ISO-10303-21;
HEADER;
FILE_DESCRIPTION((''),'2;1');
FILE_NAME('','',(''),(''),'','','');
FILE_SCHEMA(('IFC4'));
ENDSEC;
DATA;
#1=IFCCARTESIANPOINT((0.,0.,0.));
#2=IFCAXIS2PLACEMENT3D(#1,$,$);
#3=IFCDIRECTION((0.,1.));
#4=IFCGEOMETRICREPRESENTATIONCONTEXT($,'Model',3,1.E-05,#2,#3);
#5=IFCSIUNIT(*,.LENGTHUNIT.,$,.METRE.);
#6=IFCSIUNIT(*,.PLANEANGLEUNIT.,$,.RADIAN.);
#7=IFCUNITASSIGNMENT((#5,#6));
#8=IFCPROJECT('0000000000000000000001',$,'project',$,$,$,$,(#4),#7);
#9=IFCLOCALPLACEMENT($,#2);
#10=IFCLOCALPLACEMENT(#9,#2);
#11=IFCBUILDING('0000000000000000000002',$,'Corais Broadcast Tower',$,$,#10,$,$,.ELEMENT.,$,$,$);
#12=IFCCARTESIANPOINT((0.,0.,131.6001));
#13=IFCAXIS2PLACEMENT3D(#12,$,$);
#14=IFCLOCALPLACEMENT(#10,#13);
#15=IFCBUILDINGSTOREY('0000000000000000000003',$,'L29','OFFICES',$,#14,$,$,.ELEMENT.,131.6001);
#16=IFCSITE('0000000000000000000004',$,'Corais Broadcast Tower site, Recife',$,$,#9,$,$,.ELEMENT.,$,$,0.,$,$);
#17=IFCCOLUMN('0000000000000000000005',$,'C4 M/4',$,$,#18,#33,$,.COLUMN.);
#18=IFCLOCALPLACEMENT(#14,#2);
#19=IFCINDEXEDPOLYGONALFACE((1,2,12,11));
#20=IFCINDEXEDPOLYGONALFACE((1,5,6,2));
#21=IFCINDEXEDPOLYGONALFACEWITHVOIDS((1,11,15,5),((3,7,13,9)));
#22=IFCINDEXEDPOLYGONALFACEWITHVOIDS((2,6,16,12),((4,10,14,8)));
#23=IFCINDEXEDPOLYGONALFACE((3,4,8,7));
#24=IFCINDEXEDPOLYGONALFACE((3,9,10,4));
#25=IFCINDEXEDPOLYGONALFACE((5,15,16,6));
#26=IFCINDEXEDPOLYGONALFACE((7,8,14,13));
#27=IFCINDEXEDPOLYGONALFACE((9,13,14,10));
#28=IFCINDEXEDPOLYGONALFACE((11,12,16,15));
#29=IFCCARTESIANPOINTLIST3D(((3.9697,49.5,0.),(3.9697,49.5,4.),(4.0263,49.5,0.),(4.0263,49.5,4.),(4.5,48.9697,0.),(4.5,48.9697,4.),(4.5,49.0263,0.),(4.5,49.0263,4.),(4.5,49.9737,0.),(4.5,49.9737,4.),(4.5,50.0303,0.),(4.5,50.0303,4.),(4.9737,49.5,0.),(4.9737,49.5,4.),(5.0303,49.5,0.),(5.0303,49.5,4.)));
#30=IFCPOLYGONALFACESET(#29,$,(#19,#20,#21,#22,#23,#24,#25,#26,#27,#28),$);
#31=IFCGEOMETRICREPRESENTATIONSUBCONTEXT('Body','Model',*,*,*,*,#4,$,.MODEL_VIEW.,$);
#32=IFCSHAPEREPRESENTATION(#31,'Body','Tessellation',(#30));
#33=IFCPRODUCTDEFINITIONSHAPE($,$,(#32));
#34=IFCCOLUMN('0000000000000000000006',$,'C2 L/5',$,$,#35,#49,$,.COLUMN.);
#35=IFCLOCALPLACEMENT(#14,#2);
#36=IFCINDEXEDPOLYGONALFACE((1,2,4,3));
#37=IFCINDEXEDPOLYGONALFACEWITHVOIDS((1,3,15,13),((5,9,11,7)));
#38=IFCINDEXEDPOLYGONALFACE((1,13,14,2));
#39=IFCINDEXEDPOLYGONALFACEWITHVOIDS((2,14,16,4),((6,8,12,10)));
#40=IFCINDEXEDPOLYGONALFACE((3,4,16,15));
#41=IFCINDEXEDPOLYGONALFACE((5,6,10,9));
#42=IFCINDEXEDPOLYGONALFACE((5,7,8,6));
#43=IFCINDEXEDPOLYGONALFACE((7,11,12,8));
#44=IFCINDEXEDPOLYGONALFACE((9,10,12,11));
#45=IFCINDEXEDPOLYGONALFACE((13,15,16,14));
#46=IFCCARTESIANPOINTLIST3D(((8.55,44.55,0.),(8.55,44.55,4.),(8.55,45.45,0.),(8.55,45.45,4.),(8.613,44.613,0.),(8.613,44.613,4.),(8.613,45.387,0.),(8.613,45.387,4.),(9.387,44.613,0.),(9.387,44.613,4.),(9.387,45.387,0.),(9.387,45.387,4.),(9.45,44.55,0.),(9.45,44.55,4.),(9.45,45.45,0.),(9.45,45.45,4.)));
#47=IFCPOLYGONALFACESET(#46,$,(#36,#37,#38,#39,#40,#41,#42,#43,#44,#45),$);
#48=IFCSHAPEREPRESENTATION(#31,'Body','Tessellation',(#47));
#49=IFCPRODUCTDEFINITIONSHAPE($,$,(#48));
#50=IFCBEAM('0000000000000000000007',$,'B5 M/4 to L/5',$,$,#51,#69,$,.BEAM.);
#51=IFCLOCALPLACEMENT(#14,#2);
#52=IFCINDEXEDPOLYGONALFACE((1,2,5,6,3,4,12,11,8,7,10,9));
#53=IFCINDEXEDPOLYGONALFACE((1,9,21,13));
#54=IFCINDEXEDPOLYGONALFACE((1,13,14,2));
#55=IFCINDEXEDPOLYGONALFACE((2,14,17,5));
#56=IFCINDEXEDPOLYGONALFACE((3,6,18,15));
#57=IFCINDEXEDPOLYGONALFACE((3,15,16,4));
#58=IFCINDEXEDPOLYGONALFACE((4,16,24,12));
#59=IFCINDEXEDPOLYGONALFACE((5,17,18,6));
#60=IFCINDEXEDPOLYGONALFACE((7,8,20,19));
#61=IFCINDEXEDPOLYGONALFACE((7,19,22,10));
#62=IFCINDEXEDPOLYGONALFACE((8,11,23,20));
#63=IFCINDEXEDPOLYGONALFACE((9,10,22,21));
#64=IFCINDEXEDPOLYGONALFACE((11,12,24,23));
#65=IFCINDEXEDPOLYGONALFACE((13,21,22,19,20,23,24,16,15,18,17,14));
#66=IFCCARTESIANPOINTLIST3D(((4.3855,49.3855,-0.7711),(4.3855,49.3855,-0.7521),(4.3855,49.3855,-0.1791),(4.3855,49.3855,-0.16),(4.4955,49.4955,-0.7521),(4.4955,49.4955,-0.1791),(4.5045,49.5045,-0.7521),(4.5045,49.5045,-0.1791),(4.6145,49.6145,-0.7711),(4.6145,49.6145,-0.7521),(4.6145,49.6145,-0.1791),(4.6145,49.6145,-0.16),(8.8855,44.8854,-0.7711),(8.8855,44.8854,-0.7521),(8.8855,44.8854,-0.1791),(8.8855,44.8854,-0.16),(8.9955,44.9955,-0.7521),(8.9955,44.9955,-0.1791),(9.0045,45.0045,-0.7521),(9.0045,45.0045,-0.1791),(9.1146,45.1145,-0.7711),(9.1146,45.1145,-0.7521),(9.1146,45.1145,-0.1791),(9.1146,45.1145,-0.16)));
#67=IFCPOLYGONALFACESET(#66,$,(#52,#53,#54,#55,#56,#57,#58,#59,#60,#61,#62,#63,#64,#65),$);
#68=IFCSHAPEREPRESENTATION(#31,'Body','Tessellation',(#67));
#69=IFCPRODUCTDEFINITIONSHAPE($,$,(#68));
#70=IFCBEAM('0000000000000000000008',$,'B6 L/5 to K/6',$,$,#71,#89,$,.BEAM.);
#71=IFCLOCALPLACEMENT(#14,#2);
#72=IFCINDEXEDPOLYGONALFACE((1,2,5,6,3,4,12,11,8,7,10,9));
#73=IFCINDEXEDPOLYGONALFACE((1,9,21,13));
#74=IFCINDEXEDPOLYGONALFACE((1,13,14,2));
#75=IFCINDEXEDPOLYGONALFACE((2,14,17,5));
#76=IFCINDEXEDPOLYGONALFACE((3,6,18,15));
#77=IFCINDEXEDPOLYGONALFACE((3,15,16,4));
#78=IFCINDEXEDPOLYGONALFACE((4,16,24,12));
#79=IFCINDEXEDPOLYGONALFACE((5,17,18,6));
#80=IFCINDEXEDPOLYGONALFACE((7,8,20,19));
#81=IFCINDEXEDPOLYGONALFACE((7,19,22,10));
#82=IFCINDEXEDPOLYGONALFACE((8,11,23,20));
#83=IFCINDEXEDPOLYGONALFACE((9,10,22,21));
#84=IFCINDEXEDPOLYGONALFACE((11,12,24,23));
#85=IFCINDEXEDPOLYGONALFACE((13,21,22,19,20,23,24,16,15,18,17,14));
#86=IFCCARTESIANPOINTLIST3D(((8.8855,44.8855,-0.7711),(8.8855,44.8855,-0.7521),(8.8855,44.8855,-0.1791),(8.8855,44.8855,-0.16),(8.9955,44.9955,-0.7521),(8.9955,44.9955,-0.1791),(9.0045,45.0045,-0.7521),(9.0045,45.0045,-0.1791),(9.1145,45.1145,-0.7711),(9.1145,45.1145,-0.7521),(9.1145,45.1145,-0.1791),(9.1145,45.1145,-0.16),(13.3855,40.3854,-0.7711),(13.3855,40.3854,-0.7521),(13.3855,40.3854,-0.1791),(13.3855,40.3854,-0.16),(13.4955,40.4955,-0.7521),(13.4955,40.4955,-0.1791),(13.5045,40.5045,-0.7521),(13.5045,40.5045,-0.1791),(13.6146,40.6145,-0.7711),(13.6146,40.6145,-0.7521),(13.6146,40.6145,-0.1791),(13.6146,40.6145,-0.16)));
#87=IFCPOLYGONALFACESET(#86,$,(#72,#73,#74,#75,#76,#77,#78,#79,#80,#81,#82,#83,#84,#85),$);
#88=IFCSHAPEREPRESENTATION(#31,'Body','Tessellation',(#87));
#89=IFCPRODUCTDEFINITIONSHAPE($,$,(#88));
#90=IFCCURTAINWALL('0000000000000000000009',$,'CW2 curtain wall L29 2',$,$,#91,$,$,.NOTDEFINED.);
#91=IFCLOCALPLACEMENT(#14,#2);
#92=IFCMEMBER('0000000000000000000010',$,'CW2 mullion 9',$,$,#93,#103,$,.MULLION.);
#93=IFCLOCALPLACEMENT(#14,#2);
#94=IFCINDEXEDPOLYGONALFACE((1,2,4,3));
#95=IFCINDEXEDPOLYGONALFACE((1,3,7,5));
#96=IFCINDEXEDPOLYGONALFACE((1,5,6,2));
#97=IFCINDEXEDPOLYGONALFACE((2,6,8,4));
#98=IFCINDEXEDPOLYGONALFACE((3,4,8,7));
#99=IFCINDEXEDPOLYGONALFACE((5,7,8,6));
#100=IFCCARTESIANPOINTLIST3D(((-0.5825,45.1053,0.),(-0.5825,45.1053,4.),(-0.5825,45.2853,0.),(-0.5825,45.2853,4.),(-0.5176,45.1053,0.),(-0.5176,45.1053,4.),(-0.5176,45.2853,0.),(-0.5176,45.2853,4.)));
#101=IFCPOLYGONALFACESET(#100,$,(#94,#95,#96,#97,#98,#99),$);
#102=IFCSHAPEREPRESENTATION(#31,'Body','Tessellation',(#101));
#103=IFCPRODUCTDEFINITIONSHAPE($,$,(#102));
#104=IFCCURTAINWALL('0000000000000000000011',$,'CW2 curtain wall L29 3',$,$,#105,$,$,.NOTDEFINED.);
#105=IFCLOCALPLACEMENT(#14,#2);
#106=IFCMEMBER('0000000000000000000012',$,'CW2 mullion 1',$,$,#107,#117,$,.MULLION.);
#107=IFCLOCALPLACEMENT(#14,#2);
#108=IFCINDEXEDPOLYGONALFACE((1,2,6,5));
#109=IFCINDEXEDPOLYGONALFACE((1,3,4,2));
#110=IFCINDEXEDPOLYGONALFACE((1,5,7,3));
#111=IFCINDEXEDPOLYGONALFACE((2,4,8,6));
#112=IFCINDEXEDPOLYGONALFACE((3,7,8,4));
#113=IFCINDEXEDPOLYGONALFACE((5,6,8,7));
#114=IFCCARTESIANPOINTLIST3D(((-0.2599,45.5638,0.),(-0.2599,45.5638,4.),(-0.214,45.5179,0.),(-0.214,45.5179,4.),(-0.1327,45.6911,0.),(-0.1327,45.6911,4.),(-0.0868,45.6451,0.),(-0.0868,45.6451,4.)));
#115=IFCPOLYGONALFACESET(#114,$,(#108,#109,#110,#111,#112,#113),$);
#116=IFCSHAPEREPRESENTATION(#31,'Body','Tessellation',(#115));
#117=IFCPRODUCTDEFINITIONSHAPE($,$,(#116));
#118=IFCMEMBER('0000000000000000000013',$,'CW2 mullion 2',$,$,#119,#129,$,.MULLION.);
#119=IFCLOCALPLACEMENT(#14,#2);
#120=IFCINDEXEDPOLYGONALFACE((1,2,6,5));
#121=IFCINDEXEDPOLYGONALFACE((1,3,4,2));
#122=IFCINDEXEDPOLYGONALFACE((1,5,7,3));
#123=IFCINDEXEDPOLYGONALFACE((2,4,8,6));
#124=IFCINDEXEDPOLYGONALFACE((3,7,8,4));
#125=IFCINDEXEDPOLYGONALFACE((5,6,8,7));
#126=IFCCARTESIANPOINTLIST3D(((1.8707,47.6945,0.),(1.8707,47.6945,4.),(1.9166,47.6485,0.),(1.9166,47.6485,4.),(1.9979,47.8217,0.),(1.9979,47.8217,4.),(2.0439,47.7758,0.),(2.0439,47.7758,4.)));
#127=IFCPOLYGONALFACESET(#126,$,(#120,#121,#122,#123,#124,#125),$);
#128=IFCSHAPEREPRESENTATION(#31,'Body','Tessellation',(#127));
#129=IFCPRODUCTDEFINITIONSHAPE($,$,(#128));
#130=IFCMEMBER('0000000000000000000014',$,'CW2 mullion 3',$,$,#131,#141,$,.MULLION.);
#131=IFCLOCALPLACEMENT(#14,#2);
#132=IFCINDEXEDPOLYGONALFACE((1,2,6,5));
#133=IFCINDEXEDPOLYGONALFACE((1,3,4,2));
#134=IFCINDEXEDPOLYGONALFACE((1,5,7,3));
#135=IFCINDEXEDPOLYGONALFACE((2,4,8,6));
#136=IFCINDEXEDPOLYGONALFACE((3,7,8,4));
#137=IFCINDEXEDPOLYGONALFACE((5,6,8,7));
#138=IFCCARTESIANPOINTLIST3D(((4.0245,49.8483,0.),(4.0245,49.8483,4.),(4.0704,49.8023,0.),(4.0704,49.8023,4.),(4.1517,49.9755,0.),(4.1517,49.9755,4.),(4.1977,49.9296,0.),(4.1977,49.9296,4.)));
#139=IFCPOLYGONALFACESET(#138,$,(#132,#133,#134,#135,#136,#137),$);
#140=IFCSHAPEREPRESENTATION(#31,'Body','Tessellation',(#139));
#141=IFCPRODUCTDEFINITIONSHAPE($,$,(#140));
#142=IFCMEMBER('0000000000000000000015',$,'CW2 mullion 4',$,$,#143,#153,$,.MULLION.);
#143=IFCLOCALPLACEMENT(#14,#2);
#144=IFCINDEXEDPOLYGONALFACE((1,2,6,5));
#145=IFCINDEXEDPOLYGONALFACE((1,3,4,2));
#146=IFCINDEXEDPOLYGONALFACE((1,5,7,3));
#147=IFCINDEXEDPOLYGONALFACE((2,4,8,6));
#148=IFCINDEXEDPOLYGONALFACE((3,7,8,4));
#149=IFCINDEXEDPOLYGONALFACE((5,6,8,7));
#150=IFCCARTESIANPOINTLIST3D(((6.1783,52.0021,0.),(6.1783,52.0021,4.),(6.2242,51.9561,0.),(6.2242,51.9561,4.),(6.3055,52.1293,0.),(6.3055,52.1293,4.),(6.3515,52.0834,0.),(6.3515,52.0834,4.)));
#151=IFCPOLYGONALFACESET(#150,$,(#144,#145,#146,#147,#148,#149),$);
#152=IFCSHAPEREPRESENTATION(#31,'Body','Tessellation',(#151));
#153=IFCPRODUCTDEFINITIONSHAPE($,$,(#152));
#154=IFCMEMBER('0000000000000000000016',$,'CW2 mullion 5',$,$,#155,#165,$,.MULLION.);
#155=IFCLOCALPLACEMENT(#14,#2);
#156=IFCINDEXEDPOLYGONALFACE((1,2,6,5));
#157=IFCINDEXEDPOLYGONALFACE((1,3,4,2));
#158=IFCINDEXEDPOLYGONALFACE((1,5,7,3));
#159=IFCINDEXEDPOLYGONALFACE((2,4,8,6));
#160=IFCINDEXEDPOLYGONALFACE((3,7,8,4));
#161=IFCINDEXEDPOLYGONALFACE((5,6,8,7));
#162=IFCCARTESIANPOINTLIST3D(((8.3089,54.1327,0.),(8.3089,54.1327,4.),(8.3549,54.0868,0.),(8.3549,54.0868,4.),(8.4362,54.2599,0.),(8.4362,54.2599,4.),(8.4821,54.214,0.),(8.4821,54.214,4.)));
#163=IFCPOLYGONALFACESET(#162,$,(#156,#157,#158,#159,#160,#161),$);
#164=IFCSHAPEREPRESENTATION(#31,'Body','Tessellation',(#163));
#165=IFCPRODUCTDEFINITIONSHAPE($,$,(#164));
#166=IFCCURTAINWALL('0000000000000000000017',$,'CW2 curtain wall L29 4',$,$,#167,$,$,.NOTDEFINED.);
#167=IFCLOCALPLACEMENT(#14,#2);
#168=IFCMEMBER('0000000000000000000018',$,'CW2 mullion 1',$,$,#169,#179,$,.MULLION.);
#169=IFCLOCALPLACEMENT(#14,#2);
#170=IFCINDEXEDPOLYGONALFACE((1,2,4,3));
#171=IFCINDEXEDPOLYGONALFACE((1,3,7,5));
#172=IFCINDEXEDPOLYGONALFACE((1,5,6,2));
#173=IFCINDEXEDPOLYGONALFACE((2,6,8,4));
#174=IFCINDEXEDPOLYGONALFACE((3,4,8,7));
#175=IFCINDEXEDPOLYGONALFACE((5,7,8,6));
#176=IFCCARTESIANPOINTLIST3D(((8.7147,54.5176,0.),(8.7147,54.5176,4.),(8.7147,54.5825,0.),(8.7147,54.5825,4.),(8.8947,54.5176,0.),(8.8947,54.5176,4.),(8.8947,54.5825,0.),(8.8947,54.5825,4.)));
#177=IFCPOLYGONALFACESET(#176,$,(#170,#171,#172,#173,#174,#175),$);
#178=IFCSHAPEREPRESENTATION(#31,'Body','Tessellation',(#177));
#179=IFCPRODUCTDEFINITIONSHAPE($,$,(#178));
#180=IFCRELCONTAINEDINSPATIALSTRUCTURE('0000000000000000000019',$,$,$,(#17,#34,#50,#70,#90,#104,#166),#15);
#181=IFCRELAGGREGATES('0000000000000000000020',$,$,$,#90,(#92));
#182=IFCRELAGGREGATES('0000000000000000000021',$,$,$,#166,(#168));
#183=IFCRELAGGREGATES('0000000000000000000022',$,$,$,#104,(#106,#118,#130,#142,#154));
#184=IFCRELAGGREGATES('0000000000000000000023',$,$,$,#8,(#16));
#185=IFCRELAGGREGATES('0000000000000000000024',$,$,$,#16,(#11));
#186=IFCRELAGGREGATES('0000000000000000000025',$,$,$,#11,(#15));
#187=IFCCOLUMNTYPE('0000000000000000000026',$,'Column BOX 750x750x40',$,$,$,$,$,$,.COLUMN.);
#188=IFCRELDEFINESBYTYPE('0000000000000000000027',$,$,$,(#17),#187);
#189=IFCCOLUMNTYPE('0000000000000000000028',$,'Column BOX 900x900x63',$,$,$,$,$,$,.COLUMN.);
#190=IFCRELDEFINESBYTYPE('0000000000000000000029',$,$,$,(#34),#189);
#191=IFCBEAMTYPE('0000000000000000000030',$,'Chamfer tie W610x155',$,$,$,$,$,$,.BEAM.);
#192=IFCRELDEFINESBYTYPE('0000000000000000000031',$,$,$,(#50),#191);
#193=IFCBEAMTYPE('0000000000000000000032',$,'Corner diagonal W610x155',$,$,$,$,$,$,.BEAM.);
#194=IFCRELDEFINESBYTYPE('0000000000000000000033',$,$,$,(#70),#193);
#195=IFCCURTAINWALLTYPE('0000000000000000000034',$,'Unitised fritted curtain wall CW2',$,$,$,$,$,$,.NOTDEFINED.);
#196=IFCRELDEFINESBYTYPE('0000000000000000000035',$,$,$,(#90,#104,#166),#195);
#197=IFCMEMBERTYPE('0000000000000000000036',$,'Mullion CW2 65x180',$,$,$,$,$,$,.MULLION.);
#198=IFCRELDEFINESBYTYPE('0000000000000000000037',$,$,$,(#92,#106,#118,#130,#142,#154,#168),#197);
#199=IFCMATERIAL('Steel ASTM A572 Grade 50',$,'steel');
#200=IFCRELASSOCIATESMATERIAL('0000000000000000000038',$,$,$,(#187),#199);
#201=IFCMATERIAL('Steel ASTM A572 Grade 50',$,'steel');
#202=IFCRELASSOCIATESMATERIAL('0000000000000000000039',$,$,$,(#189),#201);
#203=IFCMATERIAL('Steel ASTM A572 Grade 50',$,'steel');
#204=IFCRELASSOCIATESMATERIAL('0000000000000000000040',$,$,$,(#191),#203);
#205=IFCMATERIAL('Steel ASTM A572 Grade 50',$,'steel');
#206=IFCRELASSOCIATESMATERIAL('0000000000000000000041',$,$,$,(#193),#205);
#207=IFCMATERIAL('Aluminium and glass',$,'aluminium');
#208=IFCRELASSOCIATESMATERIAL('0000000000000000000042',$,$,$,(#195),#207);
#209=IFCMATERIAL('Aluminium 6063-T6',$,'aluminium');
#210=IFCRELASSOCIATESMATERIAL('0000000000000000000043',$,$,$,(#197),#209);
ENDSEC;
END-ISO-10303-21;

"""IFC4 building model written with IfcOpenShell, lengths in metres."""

from ifc_helpers import new_model, si_unit, direction, frame, origin, origin_2d, place, context, subcontext, project, spatial, rectangle, hollow_rectangle, i_section, extrude, material, material_profile, profile_set, type_object, element, aggregate, save


model = new_model("IFC4")

# Units and contexts
model_context = context("Model", 3, precision=1e-05, world=origin(), true_north=direction((0.0, 1.0)))
body_context = subcontext(model_context, "Body", "Model", "MODEL_VIEW")
ifc_project = project(units=[si_unit("LENGTHUNIT", "METRE"), si_unit("PLANEANGLEUNIT", "RADIAN")], contexts=[model_context])

# Site, building, storey
site_placement = place(None, origin())
site = spatial("IfcSite", under=ifc_project, at=site_placement, Name="Corais Broadcast Tower site, Recife", CompositionType="ELEMENT", RefElevation=0.0)
building_placement = place(site_placement, origin())
building = spatial("IfcBuilding", under=site, at=building_placement, Name="Corais Broadcast Tower", CompositionType="ELEMENT")
storey_placement = place(building_placement, frame((0.0, 0.0, 131.6001)))
storey = spatial("IfcBuildingStorey", under=building, at=storey_placement, Name="L29", Description="OFFICES", CompositionType="ELEMENT", Elevation=131.6001)

# Columns
ifc_material_1 = material(Name="Steel ASTM A572 Grade 50", Category="steel")
ifc_material_profile_1 = material_profile(ifc_material_1, hollow_rectangle(XDim=0.75, YDim=0.75, WallThickness=0.04, at=origin_2d()), Name="BOX 750x750x40")
ifc_profile_set_1 = profile_set([ifc_material_profile_1], Name="Steel ASTM A572 Grade 50")
column_type_1 = type_object("IfcColumnType", Name="Column BOX 750x750x40", PredefinedType="COLUMN", material=ifc_profile_set_1)
column_1_placement = place(storey_placement, frame((4.5, 49.5, 0.0), z_axis=(0.0, 0.0, 1.0), x_axis=(0.707107, 0.707107, 0.0)))
element("IfcColumn", 1, at=column_1_placement, inside=storey, type_object=column_type_1, Name="C4 M/4", PredefinedType="COLUMN", context=body_context, shape_type="SweptSolid", body=[
    extrude(hollow_rectangle(XDim=0.75, YDim=0.75, WallThickness=0.04, at=origin_2d()), origin(), (0.0, 0.0, 1.0), 4.0),
])
ifc_material_2 = material(Name="Steel ASTM A572 Grade 50", Category="steel")
ifc_material_profile_2 = material_profile(ifc_material_2, hollow_rectangle(XDim=0.8999, YDim=0.8999, WallThickness=0.063, at=origin_2d()), Name="BOX 900x900x63")
ifc_profile_set_2 = profile_set([ifc_material_profile_2], Name="Steel ASTM A572 Grade 50")
column_type_2 = type_object("IfcColumnType", Name="Column BOX 900x900x63", PredefinedType="COLUMN", material=ifc_profile_set_2)
column_2_placement = place(storey_placement, frame((9.0, 45.0, 0.0), z_axis=(0.0, 0.0, 1.0), x_axis=(1.0, 0.0, 0.0)))
element("IfcColumn", 2, at=column_2_placement, inside=storey, type_object=column_type_2, Name="C2 L/5", PredefinedType="COLUMN", context=body_context, shape_type="SweptSolid", body=[
    extrude(hollow_rectangle(XDim=0.8999, YDim=0.8999, WallThickness=0.063, at=origin_2d()), origin(), (0.0, 0.0, 1.0), 4.0),
])

# Beams
ifc_material_3 = material(Name="Steel ASTM A572 Grade 50", Category="steel")
ifc_material_profile_3 = material_profile(ifc_material_3, i_section(OverallWidth=0.324, OverallDepth=0.6111, WebThickness=0.0127, FlangeThickness=0.019, at=origin_2d()), Name="W610x155")
ifc_profile_set_3 = profile_set([ifc_material_profile_3], Name="Steel ASTM A572 Grade 50")
beam_type_1 = type_object("IfcBeamType", Name="Chamfer tie W610x155", PredefinedType="BEAM", material=ifc_profile_set_3)
beam_1_placement = place(storey_placement, frame((4.5, 49.5, -0.4656), z_axis=(0.707107, -0.707107, 0.0), x_axis=(0.707107, 0.707107, 0.0)))
element("IfcBeam", 3, at=beam_1_placement, inside=storey, type_object=beam_type_1, Name="B5 M/4 to L/5", PredefinedType="BEAM", context=body_context, shape_type="SweptSolid", body=[
    extrude(i_section(OverallWidth=0.324, OverallDepth=0.6111, WebThickness=0.0127, FlangeThickness=0.019, at=origin_2d()), origin(), (0.0, 0.0, 1.0), 6.364),
])
ifc_material_4 = material(Name="Steel ASTM A572 Grade 50", Category="steel")
ifc_material_profile_4 = material_profile(ifc_material_4, i_section(OverallWidth=0.324, OverallDepth=0.6111, WebThickness=0.0127, FlangeThickness=0.019, at=origin_2d()), Name="W610x155")
ifc_profile_set_4 = profile_set([ifc_material_profile_4], Name="Steel ASTM A572 Grade 50")
beam_type_2 = type_object("IfcBeamType", Name="Corner diagonal W610x155", PredefinedType="BEAM", material=ifc_profile_set_4)
beam_2_placement = place(storey_placement, frame((9.0, 45.0, -0.4656), z_axis=(0.707107, -0.707107, 0.0), x_axis=(0.707107, 0.707107, 0.0)))
element("IfcBeam", 4, at=beam_2_placement, inside=storey, type_object=beam_type_2, Name="B6 L/5 to K/6", PredefinedType="BEAM", context=body_context, shape_type="SweptSolid", body=[
    extrude(i_section(OverallWidth=0.324, OverallDepth=0.6111, WebThickness=0.0127, FlangeThickness=0.019, at=origin_2d()), origin(), (0.0, 0.0, 1.0), 6.364),
])

# Curtain wall, member
ifc_material_5 = material(Name="Aluminium and glass", Category="aluminium")
curtain_wall_type = type_object("IfcCurtainWallType", Name="Unitised fritted curtain wall CW2", PredefinedType="NOTDEFINED", material=ifc_material_5)
curtain_wall_1_placement = place(storey_placement, origin())
curtain_wall_1 = element("IfcCurtainWall", 5, at=curtain_wall_1_placement, inside=storey, type_object=curtain_wall_type, Name="CW2 curtain wall L29 2", PredefinedType="NOTDEFINED")
ifc_material_6 = material(Name="Aluminium 6063-T6", Category="aluminium")
ifc_material_profile_5 = material_profile(ifc_material_6, rectangle(XDim=0.0649, YDim=0.1799, at=origin_2d()), Name="Mullion CW2 65x180")
ifc_profile_set_5 = profile_set([ifc_material_profile_5], Name="Aluminium 6063-T6")
member_type_1 = type_object("IfcMemberType", Name="Mullion CW2 65x180", PredefinedType="MULLION", material=ifc_profile_set_5)
member_1_placement = place(storey_placement, frame((-0.55, 45.1953, 0.0), z_axis=(0.0, 0.0, 1.0), x_axis=(-1.0, 0.0, 0.0)))
member_1 = element("IfcMember", 6, at=member_1_placement, type_object=member_type_1, Name="CW2 mullion 9", PredefinedType="MULLION", context=body_context, shape_type="SweptSolid", body=[
    extrude(rectangle(XDim=0.0649, YDim=0.1799, at=origin_2d()), origin(), (0.0, 0.0, 1.0), 4.0),
])
aggregate(curtain_wall_1, [member_1])

# Curtain wall, members
curtain_wall_2_placement = place(storey_placement, origin())
curtain_wall_2 = element("IfcCurtainWall", 7, at=curtain_wall_2_placement, inside=storey, type_object=curtain_wall_type, Name="CW2 curtain wall L29 3", PredefinedType="NOTDEFINED")
member_2_placement = place(storey_placement, frame((-0.1733, 45.6045, 0.0), z_axis=(0.0, 0.0, 1.0), x_axis=(-0.707107, 0.707107, 0.0)))
member_2 = element("IfcMember", 8, at=member_2_placement, type_object=member_type_1, Name="CW2 mullion 1", PredefinedType="MULLION", context=body_context, shape_type="SweptSolid", body=[
    extrude(rectangle(XDim=0.0649, YDim=0.1799, at=origin_2d()), origin(), (0.0, 0.0, 1.0), 4.0),
])
member_3_placement = place(storey_placement, frame((1.9573, 47.7351, 0.0), z_axis=(0.0, 0.0, 1.0), x_axis=(-0.707107, 0.707107, 0.0)))
member_3 = element("IfcMember", 9, at=member_3_placement, type_object=member_type_1, Name="CW2 mullion 2", PredefinedType="MULLION", context=body_context, shape_type="SweptSolid", body=[
    extrude(rectangle(XDim=0.0649, YDim=0.1799, at=origin_2d()), origin(), (0.0, 0.0, 1.0), 4.0),
])
member_4_placement = place(storey_placement, frame((4.1111, 49.8889, 0.0), z_axis=(0.0, 0.0, 1.0), x_axis=(-0.707107, 0.707107, 0.0)))
member_4 = element("IfcMember", 10, at=member_4_placement, type_object=member_type_1, Name="CW2 mullion 3", PredefinedType="MULLION", context=body_context, shape_type="SweptSolid", body=[
    extrude(rectangle(XDim=0.0649, YDim=0.1799, at=origin_2d()), origin(), (0.0, 0.0, 1.0), 4.0),
])
member_5_placement = place(storey_placement, frame((6.2649, 52.0427, 0.0), z_axis=(0.0, 0.0, 1.0), x_axis=(-0.707107, 0.707107, 0.0)))
member_5 = element("IfcMember", 11, at=member_5_placement, type_object=member_type_1, Name="CW2 mullion 4", PredefinedType="MULLION", context=body_context, shape_type="SweptSolid", body=[
    extrude(rectangle(XDim=0.0649, YDim=0.1799, at=origin_2d()), origin(), (0.0, 0.0, 1.0), 4.0),
])
member_6_placement = place(storey_placement, frame((8.3955, 54.1733, 0.0), z_axis=(0.0, 0.0, 1.0), x_axis=(-0.707107, 0.707107, 0.0)))
member_6 = element("IfcMember", 12, at=member_6_placement, type_object=member_type_1, Name="CW2 mullion 5", PredefinedType="MULLION", context=body_context, shape_type="SweptSolid", body=[
    extrude(rectangle(XDim=0.0649, YDim=0.1799, at=origin_2d()), origin(), (0.0, 0.0, 1.0), 4.0),
])

# Curtain wall, member
curtain_wall_3_placement = place(storey_placement, origin())
curtain_wall_3 = element("IfcCurtainWall", 13, at=curtain_wall_3_placement, inside=storey, type_object=curtain_wall_type, Name="CW2 curtain wall L29 4", PredefinedType="NOTDEFINED")
member_7_placement = place(storey_placement, frame((8.8047, 54.55, 0.0), z_axis=(0.0, 0.0, 1.0), x_axis=(0.0, 1.0, 0.0)))
member_7 = element("IfcMember", 14, at=member_7_placement, type_object=member_type_1, Name="CW2 mullion 1", PredefinedType="MULLION", context=body_context, shape_type="SweptSolid", body=[
    extrude(rectangle(XDim=0.0649, YDim=0.1799, at=origin_2d()), origin(), (0.0, 0.0, 1.0), 4.0),
])

aggregate(curtain_wall_3, [member_7])

aggregate(curtain_wall_2, [member_2, member_3, member_4, member_5, member_6])

save(model, "model.ifc")
